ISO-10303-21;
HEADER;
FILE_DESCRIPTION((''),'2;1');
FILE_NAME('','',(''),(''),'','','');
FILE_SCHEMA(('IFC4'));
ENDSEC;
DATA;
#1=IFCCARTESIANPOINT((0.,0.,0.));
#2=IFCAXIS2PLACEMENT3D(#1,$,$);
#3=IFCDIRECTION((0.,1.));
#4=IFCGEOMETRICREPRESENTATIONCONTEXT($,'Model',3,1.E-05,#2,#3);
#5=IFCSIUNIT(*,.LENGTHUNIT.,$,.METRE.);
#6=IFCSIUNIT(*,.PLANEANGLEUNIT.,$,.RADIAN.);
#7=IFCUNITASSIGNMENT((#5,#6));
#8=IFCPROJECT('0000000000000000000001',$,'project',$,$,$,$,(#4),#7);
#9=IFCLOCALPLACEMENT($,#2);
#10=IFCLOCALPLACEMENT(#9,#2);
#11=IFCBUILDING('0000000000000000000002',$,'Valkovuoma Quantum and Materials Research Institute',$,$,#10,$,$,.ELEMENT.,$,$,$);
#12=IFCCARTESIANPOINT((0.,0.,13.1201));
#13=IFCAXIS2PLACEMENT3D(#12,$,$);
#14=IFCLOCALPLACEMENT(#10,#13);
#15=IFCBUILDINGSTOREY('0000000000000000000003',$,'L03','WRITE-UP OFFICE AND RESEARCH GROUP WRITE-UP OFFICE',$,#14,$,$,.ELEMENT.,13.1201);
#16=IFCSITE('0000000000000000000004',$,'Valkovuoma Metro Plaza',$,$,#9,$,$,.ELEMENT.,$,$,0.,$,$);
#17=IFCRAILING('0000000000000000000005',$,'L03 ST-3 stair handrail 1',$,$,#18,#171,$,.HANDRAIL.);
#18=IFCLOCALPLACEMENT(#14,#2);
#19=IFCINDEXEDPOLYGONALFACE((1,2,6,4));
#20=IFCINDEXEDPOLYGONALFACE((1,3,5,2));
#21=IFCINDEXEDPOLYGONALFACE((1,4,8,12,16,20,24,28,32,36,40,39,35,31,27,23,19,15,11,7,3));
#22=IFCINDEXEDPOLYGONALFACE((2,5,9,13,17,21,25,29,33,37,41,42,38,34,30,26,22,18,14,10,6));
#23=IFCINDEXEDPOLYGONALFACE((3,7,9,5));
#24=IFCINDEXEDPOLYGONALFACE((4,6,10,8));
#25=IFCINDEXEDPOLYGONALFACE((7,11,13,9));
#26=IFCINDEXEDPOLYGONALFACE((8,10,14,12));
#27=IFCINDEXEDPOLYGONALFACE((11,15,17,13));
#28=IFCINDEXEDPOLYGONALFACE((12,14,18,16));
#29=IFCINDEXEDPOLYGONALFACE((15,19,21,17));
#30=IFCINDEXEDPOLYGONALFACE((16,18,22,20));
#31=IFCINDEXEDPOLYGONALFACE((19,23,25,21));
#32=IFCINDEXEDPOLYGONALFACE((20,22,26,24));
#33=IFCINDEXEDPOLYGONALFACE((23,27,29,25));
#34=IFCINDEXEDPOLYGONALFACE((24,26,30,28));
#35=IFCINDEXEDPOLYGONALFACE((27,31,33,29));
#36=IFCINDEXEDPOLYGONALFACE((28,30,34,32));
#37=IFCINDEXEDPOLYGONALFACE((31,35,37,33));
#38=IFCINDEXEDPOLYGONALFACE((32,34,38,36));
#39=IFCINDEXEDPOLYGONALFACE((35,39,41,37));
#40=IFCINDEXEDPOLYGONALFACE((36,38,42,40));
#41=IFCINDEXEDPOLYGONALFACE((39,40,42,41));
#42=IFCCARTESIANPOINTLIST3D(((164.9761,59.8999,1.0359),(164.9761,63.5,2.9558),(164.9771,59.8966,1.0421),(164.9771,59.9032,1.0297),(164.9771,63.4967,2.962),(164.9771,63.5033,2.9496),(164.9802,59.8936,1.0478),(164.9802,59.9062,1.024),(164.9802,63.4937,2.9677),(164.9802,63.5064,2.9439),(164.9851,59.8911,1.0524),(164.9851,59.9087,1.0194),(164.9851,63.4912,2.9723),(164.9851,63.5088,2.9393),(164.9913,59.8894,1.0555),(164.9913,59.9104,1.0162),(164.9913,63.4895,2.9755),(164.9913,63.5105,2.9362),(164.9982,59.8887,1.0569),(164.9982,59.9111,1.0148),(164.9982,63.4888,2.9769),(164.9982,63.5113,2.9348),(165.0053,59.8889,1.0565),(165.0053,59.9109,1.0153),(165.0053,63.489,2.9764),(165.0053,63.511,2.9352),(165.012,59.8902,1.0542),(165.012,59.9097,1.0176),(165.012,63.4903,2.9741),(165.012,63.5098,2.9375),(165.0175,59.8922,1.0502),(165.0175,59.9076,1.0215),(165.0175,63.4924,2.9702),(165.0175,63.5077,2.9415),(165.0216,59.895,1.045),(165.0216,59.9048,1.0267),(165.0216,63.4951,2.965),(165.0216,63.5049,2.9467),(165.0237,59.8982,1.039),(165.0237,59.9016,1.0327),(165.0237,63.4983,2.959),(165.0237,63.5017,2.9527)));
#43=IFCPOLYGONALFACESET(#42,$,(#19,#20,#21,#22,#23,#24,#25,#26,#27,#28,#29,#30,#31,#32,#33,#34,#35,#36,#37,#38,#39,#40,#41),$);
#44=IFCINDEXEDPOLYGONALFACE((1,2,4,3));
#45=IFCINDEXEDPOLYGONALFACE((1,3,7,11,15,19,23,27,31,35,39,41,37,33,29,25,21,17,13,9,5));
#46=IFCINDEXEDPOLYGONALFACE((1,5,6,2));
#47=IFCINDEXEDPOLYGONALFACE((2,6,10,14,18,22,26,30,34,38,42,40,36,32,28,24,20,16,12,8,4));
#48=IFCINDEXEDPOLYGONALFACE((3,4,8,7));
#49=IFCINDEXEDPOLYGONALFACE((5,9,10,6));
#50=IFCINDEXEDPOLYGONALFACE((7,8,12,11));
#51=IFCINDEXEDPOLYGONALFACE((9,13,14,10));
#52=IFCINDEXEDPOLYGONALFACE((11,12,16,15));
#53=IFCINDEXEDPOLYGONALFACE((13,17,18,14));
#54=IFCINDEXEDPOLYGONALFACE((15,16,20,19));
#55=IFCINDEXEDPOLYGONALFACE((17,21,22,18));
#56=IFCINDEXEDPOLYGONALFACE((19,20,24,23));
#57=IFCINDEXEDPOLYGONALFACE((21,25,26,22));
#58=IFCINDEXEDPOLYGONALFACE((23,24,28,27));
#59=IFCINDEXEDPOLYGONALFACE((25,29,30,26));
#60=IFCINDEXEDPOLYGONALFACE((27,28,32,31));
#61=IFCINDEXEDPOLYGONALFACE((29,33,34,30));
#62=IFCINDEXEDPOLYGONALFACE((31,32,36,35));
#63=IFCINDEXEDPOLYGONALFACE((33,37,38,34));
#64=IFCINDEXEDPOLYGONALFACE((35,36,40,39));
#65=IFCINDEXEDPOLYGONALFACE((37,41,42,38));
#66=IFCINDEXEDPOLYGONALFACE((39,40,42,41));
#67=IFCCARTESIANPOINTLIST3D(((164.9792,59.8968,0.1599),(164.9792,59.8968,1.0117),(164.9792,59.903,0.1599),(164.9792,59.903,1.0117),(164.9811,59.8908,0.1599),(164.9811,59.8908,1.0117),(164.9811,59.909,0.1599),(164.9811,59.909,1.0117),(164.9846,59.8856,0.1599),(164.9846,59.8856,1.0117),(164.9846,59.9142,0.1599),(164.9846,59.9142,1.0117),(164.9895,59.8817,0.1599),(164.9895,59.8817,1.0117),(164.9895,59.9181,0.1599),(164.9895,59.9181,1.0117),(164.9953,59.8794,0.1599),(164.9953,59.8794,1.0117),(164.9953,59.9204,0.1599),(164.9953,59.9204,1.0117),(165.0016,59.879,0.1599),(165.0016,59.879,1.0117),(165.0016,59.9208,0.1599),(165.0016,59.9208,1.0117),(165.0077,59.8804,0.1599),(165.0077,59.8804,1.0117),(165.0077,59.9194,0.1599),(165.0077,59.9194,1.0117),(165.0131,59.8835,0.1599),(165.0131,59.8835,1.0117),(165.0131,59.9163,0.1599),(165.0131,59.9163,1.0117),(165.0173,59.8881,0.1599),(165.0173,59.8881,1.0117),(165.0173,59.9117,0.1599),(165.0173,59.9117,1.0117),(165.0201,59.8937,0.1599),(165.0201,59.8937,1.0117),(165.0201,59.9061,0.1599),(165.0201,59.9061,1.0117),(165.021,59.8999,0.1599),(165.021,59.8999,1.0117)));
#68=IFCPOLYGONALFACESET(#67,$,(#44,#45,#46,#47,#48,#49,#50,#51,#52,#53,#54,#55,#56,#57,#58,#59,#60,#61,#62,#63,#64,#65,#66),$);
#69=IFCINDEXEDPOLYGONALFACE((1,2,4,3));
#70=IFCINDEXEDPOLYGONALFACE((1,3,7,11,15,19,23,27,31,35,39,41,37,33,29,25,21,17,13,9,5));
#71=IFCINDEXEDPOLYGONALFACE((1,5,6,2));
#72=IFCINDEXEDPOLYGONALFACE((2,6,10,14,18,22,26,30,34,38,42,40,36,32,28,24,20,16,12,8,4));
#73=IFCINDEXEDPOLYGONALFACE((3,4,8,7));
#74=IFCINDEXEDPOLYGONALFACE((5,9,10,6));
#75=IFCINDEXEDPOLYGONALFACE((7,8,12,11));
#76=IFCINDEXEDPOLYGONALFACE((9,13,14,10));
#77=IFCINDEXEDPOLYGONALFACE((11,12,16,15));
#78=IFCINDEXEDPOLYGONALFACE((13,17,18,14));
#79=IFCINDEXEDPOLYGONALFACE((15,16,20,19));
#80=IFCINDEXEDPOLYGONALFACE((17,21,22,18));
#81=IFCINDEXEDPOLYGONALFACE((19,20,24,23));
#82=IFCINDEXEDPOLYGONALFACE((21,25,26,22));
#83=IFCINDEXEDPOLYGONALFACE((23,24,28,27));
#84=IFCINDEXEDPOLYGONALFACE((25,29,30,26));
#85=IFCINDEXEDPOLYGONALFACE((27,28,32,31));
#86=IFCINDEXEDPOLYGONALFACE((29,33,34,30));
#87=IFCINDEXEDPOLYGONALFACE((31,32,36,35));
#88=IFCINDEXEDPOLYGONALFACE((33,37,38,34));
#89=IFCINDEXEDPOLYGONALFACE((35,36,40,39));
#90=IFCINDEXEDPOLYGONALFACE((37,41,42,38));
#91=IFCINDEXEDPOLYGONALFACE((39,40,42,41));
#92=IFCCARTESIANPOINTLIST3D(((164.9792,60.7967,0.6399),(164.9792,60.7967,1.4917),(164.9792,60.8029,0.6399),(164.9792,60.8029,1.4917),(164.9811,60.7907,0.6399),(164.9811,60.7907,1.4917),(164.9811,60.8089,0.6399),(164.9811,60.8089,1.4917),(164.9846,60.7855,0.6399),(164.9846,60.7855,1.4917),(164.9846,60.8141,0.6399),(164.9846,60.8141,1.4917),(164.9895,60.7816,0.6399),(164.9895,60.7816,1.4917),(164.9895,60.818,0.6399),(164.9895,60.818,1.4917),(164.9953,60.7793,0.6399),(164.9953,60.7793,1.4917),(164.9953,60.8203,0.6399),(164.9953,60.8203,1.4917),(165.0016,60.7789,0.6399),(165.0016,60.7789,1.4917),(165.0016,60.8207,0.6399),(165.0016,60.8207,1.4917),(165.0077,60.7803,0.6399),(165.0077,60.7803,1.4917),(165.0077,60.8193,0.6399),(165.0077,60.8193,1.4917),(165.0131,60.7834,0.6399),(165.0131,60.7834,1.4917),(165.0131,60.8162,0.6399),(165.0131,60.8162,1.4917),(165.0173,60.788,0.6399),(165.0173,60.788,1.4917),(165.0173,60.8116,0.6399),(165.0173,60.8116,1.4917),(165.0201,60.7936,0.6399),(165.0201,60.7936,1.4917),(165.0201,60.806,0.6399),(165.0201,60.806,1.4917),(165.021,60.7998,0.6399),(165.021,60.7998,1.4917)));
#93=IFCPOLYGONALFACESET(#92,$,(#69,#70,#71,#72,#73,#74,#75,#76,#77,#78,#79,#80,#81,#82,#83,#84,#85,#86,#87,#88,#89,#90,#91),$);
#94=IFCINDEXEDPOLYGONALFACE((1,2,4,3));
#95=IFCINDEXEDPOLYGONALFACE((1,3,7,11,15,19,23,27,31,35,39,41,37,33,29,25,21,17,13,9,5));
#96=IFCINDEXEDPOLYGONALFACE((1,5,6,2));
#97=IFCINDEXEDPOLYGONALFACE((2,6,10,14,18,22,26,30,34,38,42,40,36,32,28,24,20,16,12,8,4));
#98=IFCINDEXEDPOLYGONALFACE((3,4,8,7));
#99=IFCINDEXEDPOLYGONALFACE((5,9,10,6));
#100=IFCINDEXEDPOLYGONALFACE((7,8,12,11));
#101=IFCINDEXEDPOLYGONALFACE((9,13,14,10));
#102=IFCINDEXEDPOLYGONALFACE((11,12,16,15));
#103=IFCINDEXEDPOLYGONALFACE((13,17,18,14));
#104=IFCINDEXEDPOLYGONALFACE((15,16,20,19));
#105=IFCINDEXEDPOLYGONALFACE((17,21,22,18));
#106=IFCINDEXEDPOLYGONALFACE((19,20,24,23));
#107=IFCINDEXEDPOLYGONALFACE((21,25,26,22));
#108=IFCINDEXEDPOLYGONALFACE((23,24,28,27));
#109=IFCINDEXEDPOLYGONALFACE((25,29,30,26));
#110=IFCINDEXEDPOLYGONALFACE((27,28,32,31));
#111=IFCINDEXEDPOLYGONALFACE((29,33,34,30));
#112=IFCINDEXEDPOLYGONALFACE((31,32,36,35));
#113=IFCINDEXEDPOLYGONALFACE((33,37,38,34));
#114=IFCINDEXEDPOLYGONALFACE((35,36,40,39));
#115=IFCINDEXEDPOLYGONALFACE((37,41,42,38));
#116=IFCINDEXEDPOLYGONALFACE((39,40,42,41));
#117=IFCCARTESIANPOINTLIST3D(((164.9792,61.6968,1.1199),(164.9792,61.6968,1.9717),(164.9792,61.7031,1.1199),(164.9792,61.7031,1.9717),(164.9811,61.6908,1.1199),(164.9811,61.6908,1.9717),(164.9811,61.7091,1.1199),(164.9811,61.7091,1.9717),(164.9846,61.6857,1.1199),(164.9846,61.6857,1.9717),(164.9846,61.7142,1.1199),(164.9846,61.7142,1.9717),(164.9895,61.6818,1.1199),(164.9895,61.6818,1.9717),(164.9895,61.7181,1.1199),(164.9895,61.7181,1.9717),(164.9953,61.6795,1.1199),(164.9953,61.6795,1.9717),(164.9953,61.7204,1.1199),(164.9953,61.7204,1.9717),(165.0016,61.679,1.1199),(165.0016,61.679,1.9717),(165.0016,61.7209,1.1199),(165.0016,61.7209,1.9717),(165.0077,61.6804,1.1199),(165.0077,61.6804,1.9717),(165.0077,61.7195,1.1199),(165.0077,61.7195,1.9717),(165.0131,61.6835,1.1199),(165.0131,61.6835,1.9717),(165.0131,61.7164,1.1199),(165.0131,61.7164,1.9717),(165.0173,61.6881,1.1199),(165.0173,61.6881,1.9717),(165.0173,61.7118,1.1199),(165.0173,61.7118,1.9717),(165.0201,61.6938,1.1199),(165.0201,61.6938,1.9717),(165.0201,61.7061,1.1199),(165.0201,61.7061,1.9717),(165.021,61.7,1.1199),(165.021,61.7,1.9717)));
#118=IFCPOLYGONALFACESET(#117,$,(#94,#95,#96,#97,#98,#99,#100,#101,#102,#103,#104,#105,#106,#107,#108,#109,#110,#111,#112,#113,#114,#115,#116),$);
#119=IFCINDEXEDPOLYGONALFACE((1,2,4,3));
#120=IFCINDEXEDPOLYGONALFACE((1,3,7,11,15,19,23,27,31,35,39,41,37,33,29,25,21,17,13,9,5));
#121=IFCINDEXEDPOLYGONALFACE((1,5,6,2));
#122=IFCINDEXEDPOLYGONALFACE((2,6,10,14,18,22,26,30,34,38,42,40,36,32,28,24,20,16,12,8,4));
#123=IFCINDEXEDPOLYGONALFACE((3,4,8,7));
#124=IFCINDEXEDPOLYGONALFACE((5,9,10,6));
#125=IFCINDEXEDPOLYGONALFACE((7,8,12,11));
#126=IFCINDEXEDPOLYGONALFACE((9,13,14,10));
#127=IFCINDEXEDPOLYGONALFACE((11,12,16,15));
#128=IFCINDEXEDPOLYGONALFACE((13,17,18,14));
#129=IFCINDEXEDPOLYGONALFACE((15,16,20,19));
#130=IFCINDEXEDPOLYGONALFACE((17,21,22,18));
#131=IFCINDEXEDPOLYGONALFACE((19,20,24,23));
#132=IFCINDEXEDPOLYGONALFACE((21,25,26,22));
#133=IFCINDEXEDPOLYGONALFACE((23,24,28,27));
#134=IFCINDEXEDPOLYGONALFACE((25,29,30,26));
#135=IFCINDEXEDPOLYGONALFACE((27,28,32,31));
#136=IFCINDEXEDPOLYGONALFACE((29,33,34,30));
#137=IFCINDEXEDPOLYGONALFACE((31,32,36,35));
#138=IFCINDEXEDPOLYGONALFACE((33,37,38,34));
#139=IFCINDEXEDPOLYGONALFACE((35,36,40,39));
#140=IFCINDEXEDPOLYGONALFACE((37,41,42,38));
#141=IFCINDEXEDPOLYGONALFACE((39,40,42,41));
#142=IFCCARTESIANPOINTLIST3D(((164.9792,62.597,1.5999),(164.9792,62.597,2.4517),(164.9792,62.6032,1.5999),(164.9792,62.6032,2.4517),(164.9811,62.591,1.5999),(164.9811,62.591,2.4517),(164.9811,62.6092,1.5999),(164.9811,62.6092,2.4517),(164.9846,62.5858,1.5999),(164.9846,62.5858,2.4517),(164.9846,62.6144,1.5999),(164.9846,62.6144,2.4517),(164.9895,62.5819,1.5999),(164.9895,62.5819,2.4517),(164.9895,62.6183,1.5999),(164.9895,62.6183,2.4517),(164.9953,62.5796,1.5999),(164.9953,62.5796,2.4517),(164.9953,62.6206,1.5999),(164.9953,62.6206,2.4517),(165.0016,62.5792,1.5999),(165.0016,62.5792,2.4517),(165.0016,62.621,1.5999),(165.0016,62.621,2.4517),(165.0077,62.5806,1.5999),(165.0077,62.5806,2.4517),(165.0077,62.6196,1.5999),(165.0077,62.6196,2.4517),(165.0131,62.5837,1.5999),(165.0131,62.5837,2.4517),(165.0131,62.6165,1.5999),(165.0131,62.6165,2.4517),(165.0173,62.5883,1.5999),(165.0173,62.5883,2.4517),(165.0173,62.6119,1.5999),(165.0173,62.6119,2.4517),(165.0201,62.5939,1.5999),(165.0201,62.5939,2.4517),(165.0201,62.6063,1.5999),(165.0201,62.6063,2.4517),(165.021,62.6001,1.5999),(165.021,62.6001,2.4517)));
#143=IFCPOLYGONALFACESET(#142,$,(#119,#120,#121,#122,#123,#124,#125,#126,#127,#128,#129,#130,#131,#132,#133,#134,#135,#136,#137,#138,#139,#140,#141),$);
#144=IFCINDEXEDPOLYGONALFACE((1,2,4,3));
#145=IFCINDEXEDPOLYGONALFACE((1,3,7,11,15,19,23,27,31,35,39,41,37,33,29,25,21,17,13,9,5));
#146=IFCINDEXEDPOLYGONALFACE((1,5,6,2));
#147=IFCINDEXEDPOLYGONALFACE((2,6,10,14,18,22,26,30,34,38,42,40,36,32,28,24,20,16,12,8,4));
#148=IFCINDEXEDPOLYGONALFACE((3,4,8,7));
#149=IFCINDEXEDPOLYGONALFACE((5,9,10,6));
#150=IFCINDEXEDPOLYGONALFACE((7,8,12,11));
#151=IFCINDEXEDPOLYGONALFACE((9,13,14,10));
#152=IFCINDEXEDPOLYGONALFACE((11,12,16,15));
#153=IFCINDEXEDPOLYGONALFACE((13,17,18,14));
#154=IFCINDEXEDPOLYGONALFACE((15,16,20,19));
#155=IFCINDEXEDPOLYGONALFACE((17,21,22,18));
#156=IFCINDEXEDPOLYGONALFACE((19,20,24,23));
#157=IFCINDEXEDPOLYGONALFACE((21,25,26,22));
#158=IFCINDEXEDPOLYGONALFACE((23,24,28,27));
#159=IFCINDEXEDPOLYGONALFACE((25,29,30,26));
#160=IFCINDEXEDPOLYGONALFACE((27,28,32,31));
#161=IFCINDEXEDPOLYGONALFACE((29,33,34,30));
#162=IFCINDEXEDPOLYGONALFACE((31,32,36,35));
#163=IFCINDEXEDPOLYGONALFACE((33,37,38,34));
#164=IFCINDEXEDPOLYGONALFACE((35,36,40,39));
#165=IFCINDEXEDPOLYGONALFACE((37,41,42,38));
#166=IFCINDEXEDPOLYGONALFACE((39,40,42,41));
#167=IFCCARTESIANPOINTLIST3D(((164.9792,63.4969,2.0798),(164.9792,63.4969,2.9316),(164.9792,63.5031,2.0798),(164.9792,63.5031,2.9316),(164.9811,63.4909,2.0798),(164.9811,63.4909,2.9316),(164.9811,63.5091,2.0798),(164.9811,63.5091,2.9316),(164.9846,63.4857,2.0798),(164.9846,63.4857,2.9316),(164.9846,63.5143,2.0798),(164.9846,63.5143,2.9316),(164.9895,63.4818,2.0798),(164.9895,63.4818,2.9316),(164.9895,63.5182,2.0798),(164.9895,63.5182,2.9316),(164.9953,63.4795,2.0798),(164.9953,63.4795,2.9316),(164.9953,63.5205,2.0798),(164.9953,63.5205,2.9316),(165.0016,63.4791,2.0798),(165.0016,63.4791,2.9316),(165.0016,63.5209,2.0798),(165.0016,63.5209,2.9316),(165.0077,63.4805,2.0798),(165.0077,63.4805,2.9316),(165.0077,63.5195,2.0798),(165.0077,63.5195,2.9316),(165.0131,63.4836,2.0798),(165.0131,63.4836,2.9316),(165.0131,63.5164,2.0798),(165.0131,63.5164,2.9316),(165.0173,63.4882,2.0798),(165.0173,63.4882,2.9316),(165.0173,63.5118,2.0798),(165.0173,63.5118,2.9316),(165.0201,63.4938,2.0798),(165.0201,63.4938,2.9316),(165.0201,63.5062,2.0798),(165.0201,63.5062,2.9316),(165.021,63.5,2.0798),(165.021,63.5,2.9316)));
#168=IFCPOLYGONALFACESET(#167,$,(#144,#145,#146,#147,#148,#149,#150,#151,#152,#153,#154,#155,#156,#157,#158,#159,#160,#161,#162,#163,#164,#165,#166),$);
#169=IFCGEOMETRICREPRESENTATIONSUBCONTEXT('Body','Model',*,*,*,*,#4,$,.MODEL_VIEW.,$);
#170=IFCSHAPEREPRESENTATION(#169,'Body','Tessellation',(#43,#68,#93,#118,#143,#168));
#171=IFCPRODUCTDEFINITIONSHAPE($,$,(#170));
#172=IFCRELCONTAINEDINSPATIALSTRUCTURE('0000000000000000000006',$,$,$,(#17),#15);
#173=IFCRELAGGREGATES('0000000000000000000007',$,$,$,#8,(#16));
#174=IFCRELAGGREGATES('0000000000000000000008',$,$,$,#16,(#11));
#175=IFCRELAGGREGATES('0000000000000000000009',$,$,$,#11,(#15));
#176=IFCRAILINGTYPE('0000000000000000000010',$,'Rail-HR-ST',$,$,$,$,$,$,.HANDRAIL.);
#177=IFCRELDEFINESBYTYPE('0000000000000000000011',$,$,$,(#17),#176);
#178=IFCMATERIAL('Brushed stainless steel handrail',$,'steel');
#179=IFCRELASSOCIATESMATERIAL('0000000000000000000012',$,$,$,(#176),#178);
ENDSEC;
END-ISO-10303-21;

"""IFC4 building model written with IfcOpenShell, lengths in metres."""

from ifc_helpers import new_model, si_unit, direction, frame, origin, origin_2d, place, context, subcontext, project, spatial, circle, extrude, material, type_object, element, save


model = new_model("IFC4")

# Units and contexts
model_context = context("Model", 3, precision=1e-05, world=origin(), true_north=direction((0.0, 1.0)))
body_context = subcontext(model_context, "Body", "Model", "MODEL_VIEW")
ifc_project = project(units=[si_unit("LENGTHUNIT", "METRE"), si_unit("PLANEANGLEUNIT", "RADIAN")], contexts=[model_context])

# Site, building, storey
site_placement = place(None, origin())
site = spatial("IfcSite", under=ifc_project, at=site_placement, Name="Valkovuoma Metro Plaza", CompositionType="ELEMENT", RefElevation=0.0)
building_placement = place(site_placement, origin())
building = spatial("IfcBuilding", under=site, at=building_placement, Name="Valkovuoma Quantum and Materials Research Institute", CompositionType="ELEMENT")
storey_placement = place(building_placement, frame((0.0, 0.0, 13.1201)))
storey = spatial("IfcBuildingStorey", under=building, at=storey_placement, Name="L03", Description="WRITE-UP OFFICE AND RESEARCH GROUP WRITE-UP OFFICE", CompositionType="ELEMENT", Elevation=13.1201)

# Railing
ifc_material_1 = material(Name="Brushed stainless steel handrail", Category="steel")
railing_type_1 = type_object("IfcRailingType", Name="Rail-HR-ST", PredefinedType="HANDRAIL", material=ifc_material_1)
railing_1_placement = place(storey_placement, frame((165.0, 59.8999, 0.1599)))
element("IfcRailing", 1, at=railing_1_placement, inside=storey, type_object=railing_type_1, Name="L03 ST-3 stair handrail 1", PredefinedType="HANDRAIL", context=body_context, shape_type="SweptSolid", body=[
    extrude(circle(Radius=0.0239, at=origin_2d()), frame((0.0, 0.0, 0.876), z_axis=(0.0, 0.882366, 0.470563), x_axis=(-1.0, 0.0, 0.0)), (0.0, 0.0, 1.0), 4.0801),
    extrude(circle(Radius=0.021, at=origin_2d()), origin(), (0.0, 0.0, 1.0), 0.8518),
    extrude(circle(Radius=0.021, at=origin_2d()), frame((0.0, 0.8999, 0.48)), (0.0, 0.0, 1.0), 0.8518),
    extrude(circle(Radius=0.021, at=origin_2d()), frame((0.0, 1.8, 0.96)), (0.0, 0.0, 1.0), 0.8518),
    extrude(circle(Radius=0.021, at=origin_2d()), frame((0.0, 2.7002, 1.4399)), (0.0, 0.0, 1.0), 0.8518),
    extrude(circle(Radius=0.021, at=origin_2d()), frame((0.0, 3.6001, 1.9199)), (0.0, 0.0, 1.0), 0.8518),
])

save(model, "model.ifc")
